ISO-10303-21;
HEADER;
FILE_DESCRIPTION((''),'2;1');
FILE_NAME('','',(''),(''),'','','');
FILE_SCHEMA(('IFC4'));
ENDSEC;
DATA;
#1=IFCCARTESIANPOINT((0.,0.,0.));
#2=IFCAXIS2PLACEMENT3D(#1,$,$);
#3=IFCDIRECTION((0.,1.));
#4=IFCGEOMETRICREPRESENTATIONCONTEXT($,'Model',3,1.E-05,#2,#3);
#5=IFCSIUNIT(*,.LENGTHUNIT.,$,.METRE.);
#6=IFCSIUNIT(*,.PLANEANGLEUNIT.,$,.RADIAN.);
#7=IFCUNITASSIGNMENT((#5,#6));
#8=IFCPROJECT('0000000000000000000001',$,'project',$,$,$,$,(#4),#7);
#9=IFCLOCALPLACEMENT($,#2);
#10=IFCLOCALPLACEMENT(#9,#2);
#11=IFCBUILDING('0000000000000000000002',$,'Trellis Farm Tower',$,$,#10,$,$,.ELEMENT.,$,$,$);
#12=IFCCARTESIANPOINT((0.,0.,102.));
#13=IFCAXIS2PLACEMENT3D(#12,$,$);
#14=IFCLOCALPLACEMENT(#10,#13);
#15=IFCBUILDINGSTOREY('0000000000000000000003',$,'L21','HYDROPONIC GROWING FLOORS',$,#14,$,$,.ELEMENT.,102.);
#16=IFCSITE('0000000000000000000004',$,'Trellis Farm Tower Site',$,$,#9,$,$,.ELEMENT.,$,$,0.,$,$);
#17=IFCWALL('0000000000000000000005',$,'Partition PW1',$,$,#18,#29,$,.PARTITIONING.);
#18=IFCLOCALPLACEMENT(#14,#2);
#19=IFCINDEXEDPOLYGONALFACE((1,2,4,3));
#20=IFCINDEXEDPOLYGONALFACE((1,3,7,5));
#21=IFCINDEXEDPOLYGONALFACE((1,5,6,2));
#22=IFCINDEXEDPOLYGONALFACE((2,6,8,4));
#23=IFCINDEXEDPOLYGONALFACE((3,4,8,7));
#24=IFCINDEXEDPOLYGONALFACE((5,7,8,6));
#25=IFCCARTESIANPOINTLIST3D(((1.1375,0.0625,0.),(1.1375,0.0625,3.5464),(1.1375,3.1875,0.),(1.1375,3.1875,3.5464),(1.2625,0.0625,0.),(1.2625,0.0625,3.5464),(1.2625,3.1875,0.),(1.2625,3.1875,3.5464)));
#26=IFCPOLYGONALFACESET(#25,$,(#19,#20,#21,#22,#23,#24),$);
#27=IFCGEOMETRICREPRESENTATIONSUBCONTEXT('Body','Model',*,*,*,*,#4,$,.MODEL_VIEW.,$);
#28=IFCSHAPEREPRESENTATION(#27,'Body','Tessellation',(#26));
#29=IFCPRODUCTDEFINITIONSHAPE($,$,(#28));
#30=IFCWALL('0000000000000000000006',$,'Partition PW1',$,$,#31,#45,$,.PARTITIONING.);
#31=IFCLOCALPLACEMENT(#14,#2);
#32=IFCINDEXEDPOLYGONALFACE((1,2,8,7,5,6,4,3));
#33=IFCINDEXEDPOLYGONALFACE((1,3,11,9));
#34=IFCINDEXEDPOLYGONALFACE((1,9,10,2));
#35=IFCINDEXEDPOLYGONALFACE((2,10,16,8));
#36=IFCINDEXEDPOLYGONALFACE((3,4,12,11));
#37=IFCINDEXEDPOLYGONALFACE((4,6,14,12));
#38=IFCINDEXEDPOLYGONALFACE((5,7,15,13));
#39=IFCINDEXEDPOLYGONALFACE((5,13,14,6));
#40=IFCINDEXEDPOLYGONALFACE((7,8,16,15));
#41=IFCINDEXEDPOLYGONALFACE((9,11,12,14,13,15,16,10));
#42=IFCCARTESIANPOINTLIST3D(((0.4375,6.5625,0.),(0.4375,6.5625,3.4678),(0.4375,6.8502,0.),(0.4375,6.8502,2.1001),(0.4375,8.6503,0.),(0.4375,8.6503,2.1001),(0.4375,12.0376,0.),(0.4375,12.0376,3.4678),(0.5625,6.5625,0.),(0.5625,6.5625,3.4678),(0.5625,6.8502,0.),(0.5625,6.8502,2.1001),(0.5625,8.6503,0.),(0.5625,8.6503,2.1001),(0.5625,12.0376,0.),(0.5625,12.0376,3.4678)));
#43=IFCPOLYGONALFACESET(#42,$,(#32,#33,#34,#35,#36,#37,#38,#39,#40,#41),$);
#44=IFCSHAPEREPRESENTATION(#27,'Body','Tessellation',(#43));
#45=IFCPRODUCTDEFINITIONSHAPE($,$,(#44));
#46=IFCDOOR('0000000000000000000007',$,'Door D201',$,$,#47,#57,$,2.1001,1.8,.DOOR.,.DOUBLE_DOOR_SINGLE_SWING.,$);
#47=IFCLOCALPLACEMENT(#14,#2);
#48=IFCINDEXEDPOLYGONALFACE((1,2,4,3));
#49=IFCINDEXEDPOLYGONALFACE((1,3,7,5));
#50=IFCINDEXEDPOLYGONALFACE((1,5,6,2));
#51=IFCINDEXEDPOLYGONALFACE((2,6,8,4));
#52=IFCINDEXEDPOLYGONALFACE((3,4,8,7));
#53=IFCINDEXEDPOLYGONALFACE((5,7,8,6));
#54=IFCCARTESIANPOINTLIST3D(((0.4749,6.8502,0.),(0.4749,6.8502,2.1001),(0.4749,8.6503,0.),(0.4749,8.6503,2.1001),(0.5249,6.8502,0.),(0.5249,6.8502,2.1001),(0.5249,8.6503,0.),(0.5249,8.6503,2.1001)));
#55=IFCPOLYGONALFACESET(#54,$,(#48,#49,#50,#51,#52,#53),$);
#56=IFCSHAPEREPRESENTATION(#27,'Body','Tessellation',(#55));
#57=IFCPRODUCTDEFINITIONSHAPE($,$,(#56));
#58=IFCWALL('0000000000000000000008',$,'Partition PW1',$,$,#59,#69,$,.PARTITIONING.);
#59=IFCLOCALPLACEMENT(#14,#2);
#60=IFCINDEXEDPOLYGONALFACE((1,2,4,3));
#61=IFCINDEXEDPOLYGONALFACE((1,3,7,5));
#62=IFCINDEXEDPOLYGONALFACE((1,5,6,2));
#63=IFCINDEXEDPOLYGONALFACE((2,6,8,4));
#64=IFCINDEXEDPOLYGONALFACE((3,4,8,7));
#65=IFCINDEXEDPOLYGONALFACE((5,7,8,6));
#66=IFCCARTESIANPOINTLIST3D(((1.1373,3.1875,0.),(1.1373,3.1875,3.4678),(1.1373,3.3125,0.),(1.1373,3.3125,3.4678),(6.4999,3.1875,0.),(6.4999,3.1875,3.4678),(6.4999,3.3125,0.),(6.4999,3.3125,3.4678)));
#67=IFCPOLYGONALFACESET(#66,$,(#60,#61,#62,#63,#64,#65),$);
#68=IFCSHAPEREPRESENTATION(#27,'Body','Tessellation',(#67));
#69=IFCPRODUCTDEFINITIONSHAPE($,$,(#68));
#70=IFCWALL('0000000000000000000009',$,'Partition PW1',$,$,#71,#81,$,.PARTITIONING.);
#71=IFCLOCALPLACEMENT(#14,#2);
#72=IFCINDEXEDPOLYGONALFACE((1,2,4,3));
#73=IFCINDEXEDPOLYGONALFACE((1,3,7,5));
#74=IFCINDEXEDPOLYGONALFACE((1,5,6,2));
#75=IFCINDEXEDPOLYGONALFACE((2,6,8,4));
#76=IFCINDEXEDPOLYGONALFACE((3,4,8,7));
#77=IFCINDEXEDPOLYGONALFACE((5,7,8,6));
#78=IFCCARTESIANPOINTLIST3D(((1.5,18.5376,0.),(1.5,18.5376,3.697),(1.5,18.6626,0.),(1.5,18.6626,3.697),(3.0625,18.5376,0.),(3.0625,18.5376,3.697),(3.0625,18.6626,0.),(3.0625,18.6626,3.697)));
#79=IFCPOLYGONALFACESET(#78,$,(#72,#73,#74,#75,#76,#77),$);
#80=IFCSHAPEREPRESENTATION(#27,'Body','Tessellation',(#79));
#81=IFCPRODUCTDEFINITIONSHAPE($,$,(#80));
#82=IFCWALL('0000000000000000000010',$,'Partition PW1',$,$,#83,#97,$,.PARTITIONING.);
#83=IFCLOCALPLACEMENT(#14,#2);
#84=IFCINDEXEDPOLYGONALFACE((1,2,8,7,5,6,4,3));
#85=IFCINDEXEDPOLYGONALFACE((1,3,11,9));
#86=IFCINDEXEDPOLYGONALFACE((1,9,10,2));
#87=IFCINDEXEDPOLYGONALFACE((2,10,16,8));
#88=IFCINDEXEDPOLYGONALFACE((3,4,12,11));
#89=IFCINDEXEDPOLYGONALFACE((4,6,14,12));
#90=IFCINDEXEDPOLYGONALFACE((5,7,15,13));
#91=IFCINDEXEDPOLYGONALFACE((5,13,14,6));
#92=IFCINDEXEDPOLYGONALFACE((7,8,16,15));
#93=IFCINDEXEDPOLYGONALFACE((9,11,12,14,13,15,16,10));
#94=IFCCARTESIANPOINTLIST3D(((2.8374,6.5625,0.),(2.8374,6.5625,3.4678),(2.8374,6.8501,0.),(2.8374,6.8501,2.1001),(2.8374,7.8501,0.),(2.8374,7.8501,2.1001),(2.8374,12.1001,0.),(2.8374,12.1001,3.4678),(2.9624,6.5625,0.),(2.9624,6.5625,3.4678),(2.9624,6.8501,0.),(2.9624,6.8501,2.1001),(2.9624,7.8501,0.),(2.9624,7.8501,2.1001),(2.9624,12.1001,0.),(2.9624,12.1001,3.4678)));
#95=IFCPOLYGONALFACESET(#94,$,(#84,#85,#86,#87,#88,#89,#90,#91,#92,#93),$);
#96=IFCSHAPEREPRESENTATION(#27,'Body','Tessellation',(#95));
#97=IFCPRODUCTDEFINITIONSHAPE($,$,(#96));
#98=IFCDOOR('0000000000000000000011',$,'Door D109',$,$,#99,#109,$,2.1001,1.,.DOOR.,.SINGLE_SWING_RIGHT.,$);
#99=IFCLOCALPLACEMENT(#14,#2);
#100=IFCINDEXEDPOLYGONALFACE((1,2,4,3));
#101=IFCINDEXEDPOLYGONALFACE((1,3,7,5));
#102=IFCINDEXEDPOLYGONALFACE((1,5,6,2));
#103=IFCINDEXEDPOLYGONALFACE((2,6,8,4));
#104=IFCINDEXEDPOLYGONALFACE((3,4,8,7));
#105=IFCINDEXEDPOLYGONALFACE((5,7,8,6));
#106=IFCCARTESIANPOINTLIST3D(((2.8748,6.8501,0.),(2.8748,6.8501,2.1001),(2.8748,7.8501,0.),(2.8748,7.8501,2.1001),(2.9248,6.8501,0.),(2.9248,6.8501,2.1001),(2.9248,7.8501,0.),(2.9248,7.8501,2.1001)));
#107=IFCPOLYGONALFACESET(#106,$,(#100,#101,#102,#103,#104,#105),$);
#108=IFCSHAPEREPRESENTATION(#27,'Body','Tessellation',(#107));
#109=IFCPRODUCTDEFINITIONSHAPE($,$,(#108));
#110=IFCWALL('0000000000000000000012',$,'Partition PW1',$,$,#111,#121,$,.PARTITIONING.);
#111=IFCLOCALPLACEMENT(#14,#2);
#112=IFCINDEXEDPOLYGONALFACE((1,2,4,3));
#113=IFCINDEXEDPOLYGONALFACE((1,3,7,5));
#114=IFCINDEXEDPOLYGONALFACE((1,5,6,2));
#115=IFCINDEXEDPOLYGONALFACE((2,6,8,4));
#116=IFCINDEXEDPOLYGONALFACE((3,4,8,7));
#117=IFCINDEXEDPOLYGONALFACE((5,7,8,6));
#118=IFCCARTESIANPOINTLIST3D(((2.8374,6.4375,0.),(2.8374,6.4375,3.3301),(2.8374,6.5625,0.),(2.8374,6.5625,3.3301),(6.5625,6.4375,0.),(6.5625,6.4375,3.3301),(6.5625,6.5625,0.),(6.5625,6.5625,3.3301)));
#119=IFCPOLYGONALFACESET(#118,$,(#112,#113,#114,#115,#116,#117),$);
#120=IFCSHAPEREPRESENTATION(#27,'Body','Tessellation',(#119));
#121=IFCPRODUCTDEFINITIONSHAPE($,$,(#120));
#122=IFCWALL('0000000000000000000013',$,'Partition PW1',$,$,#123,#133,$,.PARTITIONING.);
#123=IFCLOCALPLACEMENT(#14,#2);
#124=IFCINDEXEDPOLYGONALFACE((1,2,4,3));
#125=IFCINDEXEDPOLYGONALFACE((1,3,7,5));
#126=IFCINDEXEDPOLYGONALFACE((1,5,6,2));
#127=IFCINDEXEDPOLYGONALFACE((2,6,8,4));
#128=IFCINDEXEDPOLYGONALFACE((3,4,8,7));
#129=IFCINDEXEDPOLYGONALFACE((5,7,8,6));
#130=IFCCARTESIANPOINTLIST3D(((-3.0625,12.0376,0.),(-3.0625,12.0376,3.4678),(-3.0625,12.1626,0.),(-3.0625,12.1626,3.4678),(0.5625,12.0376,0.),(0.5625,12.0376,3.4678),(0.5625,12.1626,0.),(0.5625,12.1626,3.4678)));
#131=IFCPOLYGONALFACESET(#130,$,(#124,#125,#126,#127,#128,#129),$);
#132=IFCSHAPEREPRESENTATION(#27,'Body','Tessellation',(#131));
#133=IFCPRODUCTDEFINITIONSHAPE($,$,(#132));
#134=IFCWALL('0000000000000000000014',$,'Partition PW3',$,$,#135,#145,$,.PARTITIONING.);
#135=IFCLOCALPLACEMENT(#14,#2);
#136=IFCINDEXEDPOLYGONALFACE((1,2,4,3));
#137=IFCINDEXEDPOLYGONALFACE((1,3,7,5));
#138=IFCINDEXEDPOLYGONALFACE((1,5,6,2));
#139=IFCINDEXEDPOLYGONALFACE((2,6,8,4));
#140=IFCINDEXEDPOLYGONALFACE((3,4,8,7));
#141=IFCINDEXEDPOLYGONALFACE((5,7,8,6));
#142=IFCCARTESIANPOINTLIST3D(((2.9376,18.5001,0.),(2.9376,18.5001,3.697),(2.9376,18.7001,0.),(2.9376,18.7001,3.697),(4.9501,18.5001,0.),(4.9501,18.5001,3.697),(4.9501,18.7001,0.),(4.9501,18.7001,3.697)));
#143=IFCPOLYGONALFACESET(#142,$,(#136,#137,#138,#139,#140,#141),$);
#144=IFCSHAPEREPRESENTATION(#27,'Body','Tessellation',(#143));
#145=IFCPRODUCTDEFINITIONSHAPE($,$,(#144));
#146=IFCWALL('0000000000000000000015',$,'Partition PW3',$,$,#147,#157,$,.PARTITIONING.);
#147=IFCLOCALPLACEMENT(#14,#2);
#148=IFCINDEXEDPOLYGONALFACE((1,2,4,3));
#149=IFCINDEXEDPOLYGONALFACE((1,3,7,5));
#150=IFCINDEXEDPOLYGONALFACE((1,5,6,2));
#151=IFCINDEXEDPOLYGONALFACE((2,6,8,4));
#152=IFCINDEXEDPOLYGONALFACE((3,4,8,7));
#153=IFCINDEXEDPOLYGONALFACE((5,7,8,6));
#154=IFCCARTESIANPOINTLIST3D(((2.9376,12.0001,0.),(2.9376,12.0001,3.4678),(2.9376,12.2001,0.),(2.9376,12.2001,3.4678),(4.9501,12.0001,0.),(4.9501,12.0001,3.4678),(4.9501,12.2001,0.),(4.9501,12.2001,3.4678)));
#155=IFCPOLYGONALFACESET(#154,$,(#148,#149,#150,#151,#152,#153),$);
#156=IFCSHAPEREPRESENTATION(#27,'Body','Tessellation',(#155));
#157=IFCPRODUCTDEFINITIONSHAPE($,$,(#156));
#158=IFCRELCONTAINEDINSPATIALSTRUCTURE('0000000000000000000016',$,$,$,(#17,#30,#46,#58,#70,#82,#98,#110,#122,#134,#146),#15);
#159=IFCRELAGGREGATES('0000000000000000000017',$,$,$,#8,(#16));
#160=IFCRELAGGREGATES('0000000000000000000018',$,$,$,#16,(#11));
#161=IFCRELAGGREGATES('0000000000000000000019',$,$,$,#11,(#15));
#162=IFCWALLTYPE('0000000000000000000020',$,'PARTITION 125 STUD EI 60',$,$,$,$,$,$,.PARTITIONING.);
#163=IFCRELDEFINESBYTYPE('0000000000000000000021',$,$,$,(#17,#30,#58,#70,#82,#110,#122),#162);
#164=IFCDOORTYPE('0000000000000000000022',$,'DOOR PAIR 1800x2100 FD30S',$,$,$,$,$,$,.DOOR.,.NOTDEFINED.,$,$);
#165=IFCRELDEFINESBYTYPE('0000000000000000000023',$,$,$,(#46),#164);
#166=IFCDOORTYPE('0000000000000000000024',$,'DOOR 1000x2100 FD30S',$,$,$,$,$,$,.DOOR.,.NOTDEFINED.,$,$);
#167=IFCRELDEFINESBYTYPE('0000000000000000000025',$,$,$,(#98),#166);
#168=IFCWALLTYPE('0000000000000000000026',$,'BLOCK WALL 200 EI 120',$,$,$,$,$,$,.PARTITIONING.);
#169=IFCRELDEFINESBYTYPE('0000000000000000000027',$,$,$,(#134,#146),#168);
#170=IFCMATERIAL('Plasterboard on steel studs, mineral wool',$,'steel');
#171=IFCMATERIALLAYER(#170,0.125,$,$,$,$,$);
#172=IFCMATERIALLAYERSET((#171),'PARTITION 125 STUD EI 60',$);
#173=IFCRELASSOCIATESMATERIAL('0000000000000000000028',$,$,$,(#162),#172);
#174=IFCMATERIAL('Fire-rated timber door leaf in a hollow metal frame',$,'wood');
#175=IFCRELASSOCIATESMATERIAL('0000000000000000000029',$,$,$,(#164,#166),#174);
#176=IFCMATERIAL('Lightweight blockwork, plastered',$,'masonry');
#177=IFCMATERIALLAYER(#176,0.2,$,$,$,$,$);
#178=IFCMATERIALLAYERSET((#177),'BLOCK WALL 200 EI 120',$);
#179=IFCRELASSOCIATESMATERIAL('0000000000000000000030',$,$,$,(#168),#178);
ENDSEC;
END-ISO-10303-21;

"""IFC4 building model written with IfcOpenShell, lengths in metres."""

from ifc_helpers import new_model, si_unit, direction, frame, frame_2d, origin, place, context, subcontext, project, spatial, rectangle, extrude, source, transform, mapped, material, layer, layer_set, type_object, element, fill, save


model = new_model("IFC4")

# Units and contexts
model_context = context("Model", 3, precision=1e-05, world=origin(), true_north=direction((0.0, 1.0)))
body_context = subcontext(model_context, "Body", "Model", "MODEL_VIEW")
ifc_project = project(units=[si_unit("LENGTHUNIT", "METRE"), si_unit("PLANEANGLEUNIT", "RADIAN")], contexts=[model_context])

# Site, building, storey
site_placement = place(None, origin())
site = spatial("IfcSite", under=ifc_project, at=site_placement, Name="Trellis Farm Tower Site", CompositionType="ELEMENT", RefElevation=0.0)
building_placement = place(site_placement, origin())
building = spatial("IfcBuilding", under=site, at=building_placement, Name="Trellis Farm Tower", CompositionType="ELEMENT")
storey_placement = place(building_placement, frame((0.0, 0.0, 102.0)))
storey = spatial("IfcBuildingStorey", under=building, at=storey_placement, Name="L21", Description="HYDROPONIC GROWING FLOORS", CompositionType="ELEMENT", Elevation=102.0)

# Wall
ifc_material_1 = material(Name="Plasterboard on steel studs, mineral wool", Category="steel")
ifc_layer_1 = layer(ifc_material_1, 0.125)
ifc_layer_set_1 = layer_set([ifc_layer_1], Name="PARTITION 125 STUD EI 60")
wall_type_1 = type_object("IfcWallType", Name="PARTITION 125 STUD EI 60", PredefinedType="PARTITIONING", material=ifc_layer_set_1)
shared_shape_1 = source(origin(), body_context, "Body", "SweptSolid", [
    extrude(rectangle(XDim=3.125, YDim=0.125, at=frame_2d((1.5625, 0.0))), origin(), (0.0, 0.0, 1.0), 3.5464),
])
wall_1_placement = place(storey_placement, frame((1.2, 3.1875, 0.0), z_axis=(0.0, 0.0, 1.0), x_axis=(0.0, -1.0, 0.0)))
element("IfcWall", 1, at=wall_1_placement, inside=storey, type_object=wall_type_1, Name="Partition PW1", PredefinedType="PARTITIONING", context=body_context, shape_type="MappedRepresentation", body=[
    mapped(shared_shape_1, transform((0.0, 0.0, 0.0))),
])

# Wall, opening, door
shared_shape_2 = source(origin(), body_context, "Body", "SweptSolid", [
    extrude(rectangle(XDim=5.4751, YDim=0.125, at=frame_2d((2.7375, 0.0))), origin(), (0.0, 0.0, 1.0), 3.4678),
])
wall_2_placement = place(storey_placement, frame((0.5, 12.0376, 0.0), z_axis=(0.0, 0.0, 1.0), x_axis=(0.0, -1.0, 0.0)))
wall_2 = element("IfcWall", 2, at=wall_2_placement, inside=storey, type_object=wall_type_1, Name="Partition PW1", PredefinedType="PARTITIONING", context=body_context, shape_type="MappedRepresentation", body=[
    mapped(shared_shape_2, transform((0.0, 0.0, 0.0))),
])
shared_shape_3 = source(origin(), body_context, "Body", "SweptSolid", [
    extrude(rectangle(XDim=1.8, YDim=2.1001, at=frame_2d((0.8999, 1.05))), frame((0.0, 0.0725, 0.0), z_axis=(0.0, -1.0, 0.0), x_axis=(1.0, 0.0, 0.0)), (0.0, 0.0, 1.0), 0.145),
])
opening_1_placement = place(wall_2_placement, frame((3.3875, 0.0, 0.0)))
opening_1 = element("IfcOpeningElement", 3, at=opening_1_placement, cuts=wall_2, PredefinedType="OPENING", context=body_context, shape_type="MappedRepresentation", body=[
    mapped(shared_shape_3, transform((0.0, 0.0, 0.0))),
])
ifc_material_2 = material(Name="Fire-rated timber door leaf in a hollow metal frame", Category="wood")
door_type_1 = type_object("IfcDoorType", Name="DOOR PAIR 1800x2100 FD30S", OperationType="NOTDEFINED", PredefinedType="DOOR", material=ifc_material_2)
shared_shape_4 = source(origin(), body_context, "Body", "SweptSolid", [
    extrude(rectangle(XDim=1.8, YDim=2.1001, at=frame_2d((0.8999, 1.05))), frame((0.0, 0.0249, 0.0), z_axis=(0.0, -1.0, 0.0), x_axis=(1.0, 0.0, 0.0)), (0.0, 0.0, 1.0), 0.05),
])
door_1_placement = place(opening_1_placement, origin())
door_1 = element("IfcDoor", 4, at=door_1_placement, inside=storey, type_object=door_type_1, Name="Door D201", OperationType="DOUBLE_DOOR_SINGLE_SWING", OverallHeight=2.1001, OverallWidth=1.8, PredefinedType="DOOR", context=body_context, shape_type="MappedRepresentation", body=[
    mapped(shared_shape_4, transform((0.0, 0.0, 0.0))),
])
fill(opening_1, door_1)

# Walls
shared_shape_5 = source(origin(), body_context, "Body", "SweptSolid", [
    extrude(rectangle(XDim=5.3625, YDim=0.125, at=frame_2d((2.6812, 0.0))), origin(), (0.0, 0.0, 1.0), 3.4678),
])
wall_3_placement = place(storey_placement, frame((1.1375, 3.25, 0.0), z_axis=(0.0, 0.0, 1.0), x_axis=(1.0, 0.0, 0.0)))
element("IfcWall", 5, at=wall_3_placement, inside=storey, type_object=wall_type_1, Name="Partition PW1", PredefinedType="PARTITIONING", context=body_context, shape_type="MappedRepresentation", body=[
    mapped(shared_shape_5, transform((0.0, 0.0, 0.0))),
])
shared_shape_6 = source(origin(), body_context, "Body", "SweptSolid", [
    extrude(rectangle(XDim=1.5625, YDim=0.125, at=frame_2d((0.7812, 0.0))), origin(), (0.0, 0.0, 1.0), 3.697),
])
wall_4_placement = place(storey_placement, frame((1.5, 18.6001, 0.0), z_axis=(0.0, 0.0, 1.0), x_axis=(1.0, 0.0, 0.0)))
element("IfcWall", 6, at=wall_4_placement, inside=storey, type_object=wall_type_1, Name="Partition PW1", PredefinedType="PARTITIONING", context=body_context, shape_type="MappedRepresentation", body=[
    mapped(shared_shape_6, transform((0.0, 0.0, 0.0))),
])

# Wall, opening, door
shared_shape_7 = source(origin(), body_context, "Body", "SweptSolid", [
    extrude(rectangle(XDim=5.5376, YDim=0.125, at=frame_2d((2.7688, 0.0))), origin(), (0.0, 0.0, 1.0), 3.4678),
])
wall_5_placement = place(storey_placement, frame((2.8999, 12.1001, 0.0), z_axis=(0.0, 0.0, 1.0), x_axis=(0.0, -1.0, 0.0)))
wall_5 = element("IfcWall", 7, at=wall_5_placement, inside=storey, type_object=wall_type_1, Name="Partition PW1", PredefinedType="PARTITIONING", context=body_context, shape_type="MappedRepresentation", body=[
    mapped(shared_shape_7, transform((0.0, 0.0, 0.0))),
])
shared_shape_8 = source(origin(), body_context, "Body", "SweptSolid", [
    extrude(rectangle(XDim=1.0, YDim=2.1001, at=frame_2d((0.5, 1.05))), frame((0.0, 0.0725, 0.0), z_axis=(0.0, -1.0, 0.0), x_axis=(1.0, 0.0, 0.0)), (0.0, 0.0, 1.0), 0.145),
])
opening_2_placement = place(wall_5_placement, frame((4.25, 0.0, 0.0)))
opening_2 = element("IfcOpeningElement", 8, at=opening_2_placement, cuts=wall_5, PredefinedType="OPENING", context=body_context, shape_type="MappedRepresentation", body=[
    mapped(shared_shape_8, transform((0.0, 0.0, 0.0))),
])
door_type_2 = type_object("IfcDoorType", Name="DOOR 1000x2100 FD30S", OperationType="NOTDEFINED", PredefinedType="DOOR", material=ifc_material_2)
shared_shape_9 = source(origin(), body_context, "Body", "SweptSolid", [
    extrude(rectangle(XDim=1.0, YDim=2.1001, at=frame_2d((0.5, 1.05))), frame((0.0, 0.0249, 0.0), z_axis=(0.0, -1.0, 0.0), x_axis=(1.0, 0.0, 0.0)), (0.0, 0.0, 1.0), 0.05),
])
door_2_placement = place(opening_2_placement, origin())
door_2 = element("IfcDoor", 9, at=door_2_placement, inside=storey, type_object=door_type_2, Name="Door D109", OperationType="SINGLE_SWING_RIGHT", OverallHeight=2.1001, OverallWidth=1.0, PredefinedType="DOOR", context=body_context, shape_type="MappedRepresentation", body=[
    mapped(shared_shape_9, transform((0.0, 0.0, 0.0))),
])
fill(opening_2, door_2)

# Walls
shared_shape_10 = source(origin(), body_context, "Body", "SweptSolid", [
    extrude(rectangle(XDim=3.7251, YDim=0.125, at=frame_2d((1.8625, 0.0))), origin(), (0.0, 0.0, 1.0), 3.3301),
])
wall_6_placement = place(storey_placement, frame((2.8374, 6.5, 0.0), z_axis=(0.0, 0.0, 1.0), x_axis=(1.0, 0.0, 0.0)))
element("IfcWall", 10, at=wall_6_placement, inside=storey, type_object=wall_type_1, Name="Partition PW1", PredefinedType="PARTITIONING", context=body_context, shape_type="MappedRepresentation", body=[
    mapped(shared_shape_10, transform((0.0, 0.0, 0.0))),
])
shared_shape_11 = source(origin(), body_context, "Body", "SweptSolid", [
    extrude(rectangle(XDim=3.625, YDim=0.125, at=frame_2d((1.8125, 0.0))), origin(), (0.0, 0.0, 1.0), 3.4678),
])
wall_7_placement = place(storey_placement, frame((0.5625, 12.1001, 0.0), z_axis=(0.0, 0.0, 1.0), x_axis=(-1.0, 0.0, 0.0)))
element("IfcWall", 11, at=wall_7_placement, inside=storey, type_object=wall_type_1, Name="Partition PW1", PredefinedType="PARTITIONING", context=body_context, shape_type="MappedRepresentation", body=[
    mapped(shared_shape_11, transform((0.0, 0.0, 0.0))),
])
ifc_material_3 = material(Name="Lightweight blockwork, plastered", Category="masonry")
ifc_layer_2 = layer(ifc_material_3, 0.2)
ifc_layer_set_2 = layer_set([ifc_layer_2], Name="BLOCK WALL 200 EI 120")
wall_type_2 = type_object("IfcWallType", Name="BLOCK WALL 200 EI 120", PredefinedType="PARTITIONING", material=ifc_layer_set_2)
shared_shape_12 = source(origin(), body_context, "Body", "SweptSolid", [
    extrude(rectangle(XDim=2.0125, YDim=0.2, at=frame_2d((1.0063, 0.0))), origin(), (0.0, 0.0, 1.0), 3.697),
])
wall_8_placement = place(storey_placement, frame((2.9375, 18.6001, 0.0), z_axis=(0.0, 0.0, 1.0), x_axis=(1.0, 0.0, 0.0)))
element("IfcWall", 12, at=wall_8_placement, inside=storey, type_object=wall_type_2, Name="Partition PW3", PredefinedType="PARTITIONING", context=body_context, shape_type="MappedRepresentation", body=[
    mapped(shared_shape_12, transform((0.0, 0.0, 0.0))),
])
shared_shape_13 = source(origin(), body_context, "Body", "SweptSolid", [
    extrude(rectangle(XDim=2.0125, YDim=0.2, at=frame_2d((1.0063, 0.0))), origin(), (0.0, 0.0, 1.0), 3.4678),
])
wall_9_placement = place(storey_placement, frame((2.9375, 12.1001, 0.0), z_axis=(0.0, 0.0, 1.0), x_axis=(1.0, 0.0, 0.0)))
element("IfcWall", 13, at=wall_9_placement, inside=storey, type_object=wall_type_2, Name="Partition PW3", PredefinedType="PARTITIONING", context=body_context, shape_type="MappedRepresentation", body=[
    mapped(shared_shape_13, transform((0.0, 0.0, 0.0))),
])

save(model, "model.ifc")
